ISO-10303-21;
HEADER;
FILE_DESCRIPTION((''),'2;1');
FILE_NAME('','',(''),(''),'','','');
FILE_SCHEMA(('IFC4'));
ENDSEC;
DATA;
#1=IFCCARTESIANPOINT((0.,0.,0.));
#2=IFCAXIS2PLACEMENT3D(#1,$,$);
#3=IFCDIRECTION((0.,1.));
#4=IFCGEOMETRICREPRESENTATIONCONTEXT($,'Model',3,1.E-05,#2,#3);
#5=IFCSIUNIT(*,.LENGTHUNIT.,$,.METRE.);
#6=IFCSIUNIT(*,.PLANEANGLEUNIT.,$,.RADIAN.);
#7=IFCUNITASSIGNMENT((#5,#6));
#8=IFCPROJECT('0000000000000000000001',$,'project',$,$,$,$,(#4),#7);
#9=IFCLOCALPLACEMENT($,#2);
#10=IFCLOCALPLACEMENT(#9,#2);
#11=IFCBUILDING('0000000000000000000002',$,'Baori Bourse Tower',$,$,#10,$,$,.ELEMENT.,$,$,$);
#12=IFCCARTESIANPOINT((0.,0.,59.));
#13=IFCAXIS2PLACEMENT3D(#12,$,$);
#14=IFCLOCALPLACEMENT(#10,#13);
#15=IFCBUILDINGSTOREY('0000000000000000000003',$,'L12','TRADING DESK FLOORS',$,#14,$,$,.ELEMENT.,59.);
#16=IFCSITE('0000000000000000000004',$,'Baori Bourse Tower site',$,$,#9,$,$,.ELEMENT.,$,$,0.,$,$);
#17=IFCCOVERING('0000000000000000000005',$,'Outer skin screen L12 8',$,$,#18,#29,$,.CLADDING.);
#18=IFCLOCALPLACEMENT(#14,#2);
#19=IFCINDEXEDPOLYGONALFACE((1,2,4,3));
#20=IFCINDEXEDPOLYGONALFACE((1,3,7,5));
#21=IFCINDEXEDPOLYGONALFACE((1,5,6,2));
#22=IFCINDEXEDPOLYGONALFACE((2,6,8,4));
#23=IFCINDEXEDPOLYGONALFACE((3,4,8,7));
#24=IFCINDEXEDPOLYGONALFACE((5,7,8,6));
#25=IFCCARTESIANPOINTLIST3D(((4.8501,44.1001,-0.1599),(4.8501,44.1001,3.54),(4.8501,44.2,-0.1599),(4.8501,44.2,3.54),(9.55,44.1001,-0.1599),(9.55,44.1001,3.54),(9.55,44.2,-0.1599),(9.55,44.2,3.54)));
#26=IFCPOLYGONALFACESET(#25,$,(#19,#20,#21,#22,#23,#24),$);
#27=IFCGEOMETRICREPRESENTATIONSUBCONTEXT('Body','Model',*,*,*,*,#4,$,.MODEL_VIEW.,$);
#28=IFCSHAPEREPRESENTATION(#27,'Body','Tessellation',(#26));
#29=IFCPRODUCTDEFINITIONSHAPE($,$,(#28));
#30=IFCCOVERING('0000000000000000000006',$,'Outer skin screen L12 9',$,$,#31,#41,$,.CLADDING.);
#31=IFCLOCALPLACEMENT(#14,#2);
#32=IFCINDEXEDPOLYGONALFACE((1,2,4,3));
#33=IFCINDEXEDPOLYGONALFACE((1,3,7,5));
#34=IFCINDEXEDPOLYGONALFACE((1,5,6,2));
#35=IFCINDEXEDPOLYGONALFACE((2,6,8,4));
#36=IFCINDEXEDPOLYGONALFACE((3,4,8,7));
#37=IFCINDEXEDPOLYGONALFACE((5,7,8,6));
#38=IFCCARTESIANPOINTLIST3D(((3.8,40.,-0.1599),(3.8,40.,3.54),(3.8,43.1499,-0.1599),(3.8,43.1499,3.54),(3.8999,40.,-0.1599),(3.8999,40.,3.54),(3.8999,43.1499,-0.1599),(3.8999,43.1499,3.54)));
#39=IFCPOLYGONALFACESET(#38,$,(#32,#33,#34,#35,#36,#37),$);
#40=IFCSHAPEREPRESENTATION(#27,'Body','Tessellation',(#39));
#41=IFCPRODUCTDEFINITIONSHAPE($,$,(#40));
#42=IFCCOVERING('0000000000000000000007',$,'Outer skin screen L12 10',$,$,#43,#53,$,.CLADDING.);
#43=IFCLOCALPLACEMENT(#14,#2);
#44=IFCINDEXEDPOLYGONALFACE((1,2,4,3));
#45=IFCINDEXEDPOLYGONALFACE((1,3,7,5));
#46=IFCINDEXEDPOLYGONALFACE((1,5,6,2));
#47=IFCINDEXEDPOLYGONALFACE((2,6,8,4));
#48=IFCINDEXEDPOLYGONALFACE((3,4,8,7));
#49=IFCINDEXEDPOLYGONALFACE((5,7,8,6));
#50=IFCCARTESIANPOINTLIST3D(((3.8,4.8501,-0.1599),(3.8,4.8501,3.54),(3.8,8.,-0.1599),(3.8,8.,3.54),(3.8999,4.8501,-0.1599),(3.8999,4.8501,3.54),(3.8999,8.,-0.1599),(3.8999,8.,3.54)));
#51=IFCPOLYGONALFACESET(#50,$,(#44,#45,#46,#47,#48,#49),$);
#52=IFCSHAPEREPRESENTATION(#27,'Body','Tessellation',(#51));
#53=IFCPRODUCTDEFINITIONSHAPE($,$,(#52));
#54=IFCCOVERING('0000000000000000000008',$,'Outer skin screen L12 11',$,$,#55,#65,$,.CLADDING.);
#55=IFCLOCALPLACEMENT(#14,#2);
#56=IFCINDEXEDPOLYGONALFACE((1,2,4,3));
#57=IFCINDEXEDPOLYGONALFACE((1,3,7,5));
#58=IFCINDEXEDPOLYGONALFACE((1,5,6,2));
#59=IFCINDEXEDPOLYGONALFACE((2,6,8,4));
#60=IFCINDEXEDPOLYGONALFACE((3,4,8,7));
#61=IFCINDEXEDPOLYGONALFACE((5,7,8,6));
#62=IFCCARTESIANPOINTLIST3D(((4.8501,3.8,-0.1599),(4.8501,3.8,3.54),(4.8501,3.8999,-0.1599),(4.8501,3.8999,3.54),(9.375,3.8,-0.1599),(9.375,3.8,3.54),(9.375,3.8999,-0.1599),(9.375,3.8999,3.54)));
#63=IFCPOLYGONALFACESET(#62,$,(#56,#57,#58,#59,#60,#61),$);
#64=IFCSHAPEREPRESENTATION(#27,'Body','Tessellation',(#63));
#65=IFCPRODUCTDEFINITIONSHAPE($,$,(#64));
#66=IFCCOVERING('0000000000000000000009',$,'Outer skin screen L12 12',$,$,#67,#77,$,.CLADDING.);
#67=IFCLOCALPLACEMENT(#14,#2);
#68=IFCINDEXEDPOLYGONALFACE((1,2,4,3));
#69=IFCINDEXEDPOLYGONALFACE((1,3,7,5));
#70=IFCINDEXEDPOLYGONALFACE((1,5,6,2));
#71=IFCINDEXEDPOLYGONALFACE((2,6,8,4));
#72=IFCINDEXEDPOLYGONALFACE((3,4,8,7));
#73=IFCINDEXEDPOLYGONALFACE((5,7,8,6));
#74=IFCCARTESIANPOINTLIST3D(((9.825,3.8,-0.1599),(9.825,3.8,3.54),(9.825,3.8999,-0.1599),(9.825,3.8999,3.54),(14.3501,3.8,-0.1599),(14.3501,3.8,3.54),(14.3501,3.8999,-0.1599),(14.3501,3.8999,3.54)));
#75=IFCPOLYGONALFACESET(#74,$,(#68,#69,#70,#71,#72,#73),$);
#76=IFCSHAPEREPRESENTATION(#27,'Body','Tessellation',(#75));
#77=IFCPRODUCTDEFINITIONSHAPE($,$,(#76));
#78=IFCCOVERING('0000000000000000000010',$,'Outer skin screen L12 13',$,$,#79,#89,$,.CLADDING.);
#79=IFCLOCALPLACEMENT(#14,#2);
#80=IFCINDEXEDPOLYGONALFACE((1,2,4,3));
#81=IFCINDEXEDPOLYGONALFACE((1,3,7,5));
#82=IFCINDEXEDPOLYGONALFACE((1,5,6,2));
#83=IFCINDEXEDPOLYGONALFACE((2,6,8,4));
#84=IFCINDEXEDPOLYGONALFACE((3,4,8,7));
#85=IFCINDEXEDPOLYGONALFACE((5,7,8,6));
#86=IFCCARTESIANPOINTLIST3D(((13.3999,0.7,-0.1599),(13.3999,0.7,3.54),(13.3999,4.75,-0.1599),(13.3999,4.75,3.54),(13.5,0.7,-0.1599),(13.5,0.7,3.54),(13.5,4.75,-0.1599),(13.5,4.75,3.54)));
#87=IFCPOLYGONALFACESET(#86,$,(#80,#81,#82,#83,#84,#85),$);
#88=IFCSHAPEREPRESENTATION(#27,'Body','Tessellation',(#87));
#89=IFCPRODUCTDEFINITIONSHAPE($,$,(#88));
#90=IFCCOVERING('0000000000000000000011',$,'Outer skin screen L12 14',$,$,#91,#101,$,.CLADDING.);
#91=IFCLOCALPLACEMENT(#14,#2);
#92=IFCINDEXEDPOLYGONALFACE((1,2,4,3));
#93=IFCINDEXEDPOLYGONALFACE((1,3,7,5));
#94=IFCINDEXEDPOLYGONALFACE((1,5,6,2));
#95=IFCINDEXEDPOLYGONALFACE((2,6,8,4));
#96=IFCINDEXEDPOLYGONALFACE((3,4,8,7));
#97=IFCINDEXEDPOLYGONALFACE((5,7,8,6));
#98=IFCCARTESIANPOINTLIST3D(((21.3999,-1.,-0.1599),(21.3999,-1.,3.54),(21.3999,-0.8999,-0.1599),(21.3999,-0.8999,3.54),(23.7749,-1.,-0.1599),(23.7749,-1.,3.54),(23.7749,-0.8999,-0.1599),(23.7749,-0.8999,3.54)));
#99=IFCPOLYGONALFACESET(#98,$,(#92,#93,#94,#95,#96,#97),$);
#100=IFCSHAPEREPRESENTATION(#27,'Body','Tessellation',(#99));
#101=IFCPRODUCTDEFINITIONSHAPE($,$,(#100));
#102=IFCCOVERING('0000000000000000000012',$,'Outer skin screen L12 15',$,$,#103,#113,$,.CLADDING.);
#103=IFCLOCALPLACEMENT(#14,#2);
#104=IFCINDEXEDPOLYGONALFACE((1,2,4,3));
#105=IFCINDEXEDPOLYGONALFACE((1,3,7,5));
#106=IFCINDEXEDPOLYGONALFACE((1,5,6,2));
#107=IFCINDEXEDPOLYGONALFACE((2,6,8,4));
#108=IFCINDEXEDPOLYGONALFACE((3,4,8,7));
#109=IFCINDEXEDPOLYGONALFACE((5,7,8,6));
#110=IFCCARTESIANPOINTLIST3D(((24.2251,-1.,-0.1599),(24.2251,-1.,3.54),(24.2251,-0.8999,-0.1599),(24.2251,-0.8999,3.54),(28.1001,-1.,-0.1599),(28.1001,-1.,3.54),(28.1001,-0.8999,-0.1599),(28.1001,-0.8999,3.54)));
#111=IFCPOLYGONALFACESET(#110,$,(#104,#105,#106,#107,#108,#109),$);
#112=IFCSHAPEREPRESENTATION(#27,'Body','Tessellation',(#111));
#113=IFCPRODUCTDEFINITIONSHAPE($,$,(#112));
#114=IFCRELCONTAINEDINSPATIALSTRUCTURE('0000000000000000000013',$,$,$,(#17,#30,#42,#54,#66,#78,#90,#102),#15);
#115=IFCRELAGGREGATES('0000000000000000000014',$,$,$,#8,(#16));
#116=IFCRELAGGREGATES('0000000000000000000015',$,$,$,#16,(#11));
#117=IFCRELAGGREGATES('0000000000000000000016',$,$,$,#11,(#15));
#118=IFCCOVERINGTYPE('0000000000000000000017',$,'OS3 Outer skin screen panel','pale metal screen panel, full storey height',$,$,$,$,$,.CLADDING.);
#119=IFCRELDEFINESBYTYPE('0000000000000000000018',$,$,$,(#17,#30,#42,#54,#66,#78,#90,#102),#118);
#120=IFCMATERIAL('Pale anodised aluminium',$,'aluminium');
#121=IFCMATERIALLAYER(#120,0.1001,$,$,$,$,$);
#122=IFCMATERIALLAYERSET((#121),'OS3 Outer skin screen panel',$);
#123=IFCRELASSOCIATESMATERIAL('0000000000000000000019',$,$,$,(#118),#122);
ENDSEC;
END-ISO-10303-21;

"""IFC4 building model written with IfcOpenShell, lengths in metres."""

from ifc_helpers import new_model, si_unit, direction, frame, origin, place, context, subcontext, project, spatial, polyline, outline, extrude, material, layer, layer_set, type_object, element, save


model = new_model("IFC4")

# Units and contexts
model_context = context("Model", 3, precision=1e-05, world=origin(), true_north=direction((0.0, 1.0)))
body_context = subcontext(model_context, "Body", "Model", "MODEL_VIEW")
ifc_project = project(units=[si_unit("LENGTHUNIT", "METRE"), si_unit("PLANEANGLEUNIT", "RADIAN")], contexts=[model_context])

# Site, building, storey
site_placement = place(None, origin())
site = spatial("IfcSite", under=ifc_project, at=site_placement, Name="Baori Bourse Tower site", CompositionType="ELEMENT", RefElevation=0.0)
building_placement = place(site_placement, origin())
building = spatial("IfcBuilding", under=site, at=building_placement, Name="Baori Bourse Tower", CompositionType="ELEMENT")
storey_placement = place(building_placement, frame((0.0, 0.0, 59.0)))
storey = spatial("IfcBuildingStorey", under=building, at=storey_placement, Name="L12", Description="TRADING DESK FLOORS", CompositionType="ELEMENT", Elevation=59.0)

# Coverings
ifc_material_1 = material(Name="Pale anodised aluminium", Category="aluminium")
ifc_layer_1 = layer(ifc_material_1, 0.1001)
ifc_layer_set_1 = layer_set([ifc_layer_1], Name="OS3 Outer skin screen panel")
covering_type = type_object("IfcCoveringType", Name="OS3 Outer skin screen panel", Description="pale metal screen panel, full storey height", PredefinedType="CLADDING", material=ifc_layer_set_1)
covering_1_placement = place(storey_placement, frame((0.0, 0.0, -0.1599)))
element("IfcCovering", 1, at=covering_1_placement, inside=storey, type_object=covering_type, Name="Outer skin screen L12 8", PredefinedType="CLADDING", context=body_context, shape_type="SweptSolid", body=[
    extrude(outline(polyline([(4.8501, 44.1001), (9.55, 44.1001), (9.55, 44.2), (4.8501, 44.2), (4.8501, 44.1001)])), origin(), (0.0, 0.0, 1.0), 3.7),
])
covering_2_placement = place(storey_placement, frame((0.0, 0.0, -0.1599)))
element("IfcCovering", 2, at=covering_2_placement, inside=storey, type_object=covering_type, Name="Outer skin screen L12 9", PredefinedType="CLADDING", context=body_context, shape_type="SweptSolid", body=[
    extrude(outline(polyline([(3.8999, 40.0), (3.8999, 43.1499), (3.8, 43.1499), (3.8, 40.0), (3.8999, 40.0), (3.8999, 40.0)])), origin(), (0.0, 0.0, 1.0), 3.7),
])
covering_3_placement = place(storey_placement, frame((0.0, 0.0, -0.1599)))
element("IfcCovering", 3, at=covering_3_placement, inside=storey, type_object=covering_type, Name="Outer skin screen L12 10", PredefinedType="CLADDING", context=body_context, shape_type="SweptSolid", body=[
    extrude(outline(polyline([(3.8999, 4.8501), (3.8999, 8.0), (3.8999, 8.0), (3.8, 8.0), (3.8, 4.8501), (3.8999, 4.8501)])), origin(), (0.0, 0.0, 1.0), 3.7),
])
covering_4_placement = place(storey_placement, frame((0.0, 0.0, -0.1599)))
element("IfcCovering", 4, at=covering_4_placement, inside=storey, type_object=covering_type, Name="Outer skin screen L12 11", PredefinedType="CLADDING", context=body_context, shape_type="SweptSolid", body=[
    extrude(outline(polyline([(9.375, 3.8999), (4.8501, 3.8999), (4.8501, 3.8), (9.375, 3.8), (9.375, 3.8999)])), origin(), (0.0, 0.0, 1.0), 3.7),
])
covering_5_placement = place(storey_placement, frame((0.0, 0.0, -0.1599)))
element("IfcCovering", 5, at=covering_5_placement, inside=storey, type_object=covering_type, Name="Outer skin screen L12 12", PredefinedType="CLADDING", context=body_context, shape_type="SweptSolid", body=[
    extrude(outline(polyline([(14.3501, 3.8999), (9.825, 3.8999), (9.825, 3.8), (14.3501, 3.8), (14.3501, 3.8999)])), origin(), (0.0, 0.0, 1.0), 3.7),
])
covering_6_placement = place(storey_placement, frame((0.0, 0.0, -0.1599)))
element("IfcCovering", 6, at=covering_6_placement, inside=storey, type_object=covering_type, Name="Outer skin screen L12 13", PredefinedType="CLADDING", context=body_context, shape_type="SweptSolid", body=[
    extrude(outline(polyline([(13.5, 0.7), (13.5, 4.75), (13.3999, 4.75), (13.3999, 0.7), (13.5, 0.7)])), origin(), (0.0, 0.0, 1.0), 3.7),
])
covering_7_placement = place(storey_placement, frame((0.0, 0.0, -0.1599)))
element("IfcCovering", 7, at=covering_7_placement, inside=storey, type_object=covering_type, Name="Outer skin screen L12 14", PredefinedType="CLADDING", context=body_context, shape_type="SweptSolid", body=[
    extrude(outline(polyline([(23.7749, -0.8999), (21.3999, -0.8999), (21.3999, -1.0), (23.7749, -1.0), (23.7749, -0.8999)])), origin(), (0.0, 0.0, 1.0), 3.7),
])
covering_8_placement = place(storey_placement, frame((0.0, 0.0, -0.1599)))
element("IfcCovering", 8, at=covering_8_placement, inside=storey, type_object=covering_type, Name="Outer skin screen L12 15", PredefinedType="CLADDING", context=body_context, shape_type="SweptSolid", body=[
    extrude(outline(polyline([(28.1001, -0.8999), (24.2251, -0.8999), (24.2251, -1.0), (28.1001, -1.0), (28.1001, -0.8999)])), origin(), (0.0, 0.0, 1.0), 3.7),
])

save(model, "model.ifc")
